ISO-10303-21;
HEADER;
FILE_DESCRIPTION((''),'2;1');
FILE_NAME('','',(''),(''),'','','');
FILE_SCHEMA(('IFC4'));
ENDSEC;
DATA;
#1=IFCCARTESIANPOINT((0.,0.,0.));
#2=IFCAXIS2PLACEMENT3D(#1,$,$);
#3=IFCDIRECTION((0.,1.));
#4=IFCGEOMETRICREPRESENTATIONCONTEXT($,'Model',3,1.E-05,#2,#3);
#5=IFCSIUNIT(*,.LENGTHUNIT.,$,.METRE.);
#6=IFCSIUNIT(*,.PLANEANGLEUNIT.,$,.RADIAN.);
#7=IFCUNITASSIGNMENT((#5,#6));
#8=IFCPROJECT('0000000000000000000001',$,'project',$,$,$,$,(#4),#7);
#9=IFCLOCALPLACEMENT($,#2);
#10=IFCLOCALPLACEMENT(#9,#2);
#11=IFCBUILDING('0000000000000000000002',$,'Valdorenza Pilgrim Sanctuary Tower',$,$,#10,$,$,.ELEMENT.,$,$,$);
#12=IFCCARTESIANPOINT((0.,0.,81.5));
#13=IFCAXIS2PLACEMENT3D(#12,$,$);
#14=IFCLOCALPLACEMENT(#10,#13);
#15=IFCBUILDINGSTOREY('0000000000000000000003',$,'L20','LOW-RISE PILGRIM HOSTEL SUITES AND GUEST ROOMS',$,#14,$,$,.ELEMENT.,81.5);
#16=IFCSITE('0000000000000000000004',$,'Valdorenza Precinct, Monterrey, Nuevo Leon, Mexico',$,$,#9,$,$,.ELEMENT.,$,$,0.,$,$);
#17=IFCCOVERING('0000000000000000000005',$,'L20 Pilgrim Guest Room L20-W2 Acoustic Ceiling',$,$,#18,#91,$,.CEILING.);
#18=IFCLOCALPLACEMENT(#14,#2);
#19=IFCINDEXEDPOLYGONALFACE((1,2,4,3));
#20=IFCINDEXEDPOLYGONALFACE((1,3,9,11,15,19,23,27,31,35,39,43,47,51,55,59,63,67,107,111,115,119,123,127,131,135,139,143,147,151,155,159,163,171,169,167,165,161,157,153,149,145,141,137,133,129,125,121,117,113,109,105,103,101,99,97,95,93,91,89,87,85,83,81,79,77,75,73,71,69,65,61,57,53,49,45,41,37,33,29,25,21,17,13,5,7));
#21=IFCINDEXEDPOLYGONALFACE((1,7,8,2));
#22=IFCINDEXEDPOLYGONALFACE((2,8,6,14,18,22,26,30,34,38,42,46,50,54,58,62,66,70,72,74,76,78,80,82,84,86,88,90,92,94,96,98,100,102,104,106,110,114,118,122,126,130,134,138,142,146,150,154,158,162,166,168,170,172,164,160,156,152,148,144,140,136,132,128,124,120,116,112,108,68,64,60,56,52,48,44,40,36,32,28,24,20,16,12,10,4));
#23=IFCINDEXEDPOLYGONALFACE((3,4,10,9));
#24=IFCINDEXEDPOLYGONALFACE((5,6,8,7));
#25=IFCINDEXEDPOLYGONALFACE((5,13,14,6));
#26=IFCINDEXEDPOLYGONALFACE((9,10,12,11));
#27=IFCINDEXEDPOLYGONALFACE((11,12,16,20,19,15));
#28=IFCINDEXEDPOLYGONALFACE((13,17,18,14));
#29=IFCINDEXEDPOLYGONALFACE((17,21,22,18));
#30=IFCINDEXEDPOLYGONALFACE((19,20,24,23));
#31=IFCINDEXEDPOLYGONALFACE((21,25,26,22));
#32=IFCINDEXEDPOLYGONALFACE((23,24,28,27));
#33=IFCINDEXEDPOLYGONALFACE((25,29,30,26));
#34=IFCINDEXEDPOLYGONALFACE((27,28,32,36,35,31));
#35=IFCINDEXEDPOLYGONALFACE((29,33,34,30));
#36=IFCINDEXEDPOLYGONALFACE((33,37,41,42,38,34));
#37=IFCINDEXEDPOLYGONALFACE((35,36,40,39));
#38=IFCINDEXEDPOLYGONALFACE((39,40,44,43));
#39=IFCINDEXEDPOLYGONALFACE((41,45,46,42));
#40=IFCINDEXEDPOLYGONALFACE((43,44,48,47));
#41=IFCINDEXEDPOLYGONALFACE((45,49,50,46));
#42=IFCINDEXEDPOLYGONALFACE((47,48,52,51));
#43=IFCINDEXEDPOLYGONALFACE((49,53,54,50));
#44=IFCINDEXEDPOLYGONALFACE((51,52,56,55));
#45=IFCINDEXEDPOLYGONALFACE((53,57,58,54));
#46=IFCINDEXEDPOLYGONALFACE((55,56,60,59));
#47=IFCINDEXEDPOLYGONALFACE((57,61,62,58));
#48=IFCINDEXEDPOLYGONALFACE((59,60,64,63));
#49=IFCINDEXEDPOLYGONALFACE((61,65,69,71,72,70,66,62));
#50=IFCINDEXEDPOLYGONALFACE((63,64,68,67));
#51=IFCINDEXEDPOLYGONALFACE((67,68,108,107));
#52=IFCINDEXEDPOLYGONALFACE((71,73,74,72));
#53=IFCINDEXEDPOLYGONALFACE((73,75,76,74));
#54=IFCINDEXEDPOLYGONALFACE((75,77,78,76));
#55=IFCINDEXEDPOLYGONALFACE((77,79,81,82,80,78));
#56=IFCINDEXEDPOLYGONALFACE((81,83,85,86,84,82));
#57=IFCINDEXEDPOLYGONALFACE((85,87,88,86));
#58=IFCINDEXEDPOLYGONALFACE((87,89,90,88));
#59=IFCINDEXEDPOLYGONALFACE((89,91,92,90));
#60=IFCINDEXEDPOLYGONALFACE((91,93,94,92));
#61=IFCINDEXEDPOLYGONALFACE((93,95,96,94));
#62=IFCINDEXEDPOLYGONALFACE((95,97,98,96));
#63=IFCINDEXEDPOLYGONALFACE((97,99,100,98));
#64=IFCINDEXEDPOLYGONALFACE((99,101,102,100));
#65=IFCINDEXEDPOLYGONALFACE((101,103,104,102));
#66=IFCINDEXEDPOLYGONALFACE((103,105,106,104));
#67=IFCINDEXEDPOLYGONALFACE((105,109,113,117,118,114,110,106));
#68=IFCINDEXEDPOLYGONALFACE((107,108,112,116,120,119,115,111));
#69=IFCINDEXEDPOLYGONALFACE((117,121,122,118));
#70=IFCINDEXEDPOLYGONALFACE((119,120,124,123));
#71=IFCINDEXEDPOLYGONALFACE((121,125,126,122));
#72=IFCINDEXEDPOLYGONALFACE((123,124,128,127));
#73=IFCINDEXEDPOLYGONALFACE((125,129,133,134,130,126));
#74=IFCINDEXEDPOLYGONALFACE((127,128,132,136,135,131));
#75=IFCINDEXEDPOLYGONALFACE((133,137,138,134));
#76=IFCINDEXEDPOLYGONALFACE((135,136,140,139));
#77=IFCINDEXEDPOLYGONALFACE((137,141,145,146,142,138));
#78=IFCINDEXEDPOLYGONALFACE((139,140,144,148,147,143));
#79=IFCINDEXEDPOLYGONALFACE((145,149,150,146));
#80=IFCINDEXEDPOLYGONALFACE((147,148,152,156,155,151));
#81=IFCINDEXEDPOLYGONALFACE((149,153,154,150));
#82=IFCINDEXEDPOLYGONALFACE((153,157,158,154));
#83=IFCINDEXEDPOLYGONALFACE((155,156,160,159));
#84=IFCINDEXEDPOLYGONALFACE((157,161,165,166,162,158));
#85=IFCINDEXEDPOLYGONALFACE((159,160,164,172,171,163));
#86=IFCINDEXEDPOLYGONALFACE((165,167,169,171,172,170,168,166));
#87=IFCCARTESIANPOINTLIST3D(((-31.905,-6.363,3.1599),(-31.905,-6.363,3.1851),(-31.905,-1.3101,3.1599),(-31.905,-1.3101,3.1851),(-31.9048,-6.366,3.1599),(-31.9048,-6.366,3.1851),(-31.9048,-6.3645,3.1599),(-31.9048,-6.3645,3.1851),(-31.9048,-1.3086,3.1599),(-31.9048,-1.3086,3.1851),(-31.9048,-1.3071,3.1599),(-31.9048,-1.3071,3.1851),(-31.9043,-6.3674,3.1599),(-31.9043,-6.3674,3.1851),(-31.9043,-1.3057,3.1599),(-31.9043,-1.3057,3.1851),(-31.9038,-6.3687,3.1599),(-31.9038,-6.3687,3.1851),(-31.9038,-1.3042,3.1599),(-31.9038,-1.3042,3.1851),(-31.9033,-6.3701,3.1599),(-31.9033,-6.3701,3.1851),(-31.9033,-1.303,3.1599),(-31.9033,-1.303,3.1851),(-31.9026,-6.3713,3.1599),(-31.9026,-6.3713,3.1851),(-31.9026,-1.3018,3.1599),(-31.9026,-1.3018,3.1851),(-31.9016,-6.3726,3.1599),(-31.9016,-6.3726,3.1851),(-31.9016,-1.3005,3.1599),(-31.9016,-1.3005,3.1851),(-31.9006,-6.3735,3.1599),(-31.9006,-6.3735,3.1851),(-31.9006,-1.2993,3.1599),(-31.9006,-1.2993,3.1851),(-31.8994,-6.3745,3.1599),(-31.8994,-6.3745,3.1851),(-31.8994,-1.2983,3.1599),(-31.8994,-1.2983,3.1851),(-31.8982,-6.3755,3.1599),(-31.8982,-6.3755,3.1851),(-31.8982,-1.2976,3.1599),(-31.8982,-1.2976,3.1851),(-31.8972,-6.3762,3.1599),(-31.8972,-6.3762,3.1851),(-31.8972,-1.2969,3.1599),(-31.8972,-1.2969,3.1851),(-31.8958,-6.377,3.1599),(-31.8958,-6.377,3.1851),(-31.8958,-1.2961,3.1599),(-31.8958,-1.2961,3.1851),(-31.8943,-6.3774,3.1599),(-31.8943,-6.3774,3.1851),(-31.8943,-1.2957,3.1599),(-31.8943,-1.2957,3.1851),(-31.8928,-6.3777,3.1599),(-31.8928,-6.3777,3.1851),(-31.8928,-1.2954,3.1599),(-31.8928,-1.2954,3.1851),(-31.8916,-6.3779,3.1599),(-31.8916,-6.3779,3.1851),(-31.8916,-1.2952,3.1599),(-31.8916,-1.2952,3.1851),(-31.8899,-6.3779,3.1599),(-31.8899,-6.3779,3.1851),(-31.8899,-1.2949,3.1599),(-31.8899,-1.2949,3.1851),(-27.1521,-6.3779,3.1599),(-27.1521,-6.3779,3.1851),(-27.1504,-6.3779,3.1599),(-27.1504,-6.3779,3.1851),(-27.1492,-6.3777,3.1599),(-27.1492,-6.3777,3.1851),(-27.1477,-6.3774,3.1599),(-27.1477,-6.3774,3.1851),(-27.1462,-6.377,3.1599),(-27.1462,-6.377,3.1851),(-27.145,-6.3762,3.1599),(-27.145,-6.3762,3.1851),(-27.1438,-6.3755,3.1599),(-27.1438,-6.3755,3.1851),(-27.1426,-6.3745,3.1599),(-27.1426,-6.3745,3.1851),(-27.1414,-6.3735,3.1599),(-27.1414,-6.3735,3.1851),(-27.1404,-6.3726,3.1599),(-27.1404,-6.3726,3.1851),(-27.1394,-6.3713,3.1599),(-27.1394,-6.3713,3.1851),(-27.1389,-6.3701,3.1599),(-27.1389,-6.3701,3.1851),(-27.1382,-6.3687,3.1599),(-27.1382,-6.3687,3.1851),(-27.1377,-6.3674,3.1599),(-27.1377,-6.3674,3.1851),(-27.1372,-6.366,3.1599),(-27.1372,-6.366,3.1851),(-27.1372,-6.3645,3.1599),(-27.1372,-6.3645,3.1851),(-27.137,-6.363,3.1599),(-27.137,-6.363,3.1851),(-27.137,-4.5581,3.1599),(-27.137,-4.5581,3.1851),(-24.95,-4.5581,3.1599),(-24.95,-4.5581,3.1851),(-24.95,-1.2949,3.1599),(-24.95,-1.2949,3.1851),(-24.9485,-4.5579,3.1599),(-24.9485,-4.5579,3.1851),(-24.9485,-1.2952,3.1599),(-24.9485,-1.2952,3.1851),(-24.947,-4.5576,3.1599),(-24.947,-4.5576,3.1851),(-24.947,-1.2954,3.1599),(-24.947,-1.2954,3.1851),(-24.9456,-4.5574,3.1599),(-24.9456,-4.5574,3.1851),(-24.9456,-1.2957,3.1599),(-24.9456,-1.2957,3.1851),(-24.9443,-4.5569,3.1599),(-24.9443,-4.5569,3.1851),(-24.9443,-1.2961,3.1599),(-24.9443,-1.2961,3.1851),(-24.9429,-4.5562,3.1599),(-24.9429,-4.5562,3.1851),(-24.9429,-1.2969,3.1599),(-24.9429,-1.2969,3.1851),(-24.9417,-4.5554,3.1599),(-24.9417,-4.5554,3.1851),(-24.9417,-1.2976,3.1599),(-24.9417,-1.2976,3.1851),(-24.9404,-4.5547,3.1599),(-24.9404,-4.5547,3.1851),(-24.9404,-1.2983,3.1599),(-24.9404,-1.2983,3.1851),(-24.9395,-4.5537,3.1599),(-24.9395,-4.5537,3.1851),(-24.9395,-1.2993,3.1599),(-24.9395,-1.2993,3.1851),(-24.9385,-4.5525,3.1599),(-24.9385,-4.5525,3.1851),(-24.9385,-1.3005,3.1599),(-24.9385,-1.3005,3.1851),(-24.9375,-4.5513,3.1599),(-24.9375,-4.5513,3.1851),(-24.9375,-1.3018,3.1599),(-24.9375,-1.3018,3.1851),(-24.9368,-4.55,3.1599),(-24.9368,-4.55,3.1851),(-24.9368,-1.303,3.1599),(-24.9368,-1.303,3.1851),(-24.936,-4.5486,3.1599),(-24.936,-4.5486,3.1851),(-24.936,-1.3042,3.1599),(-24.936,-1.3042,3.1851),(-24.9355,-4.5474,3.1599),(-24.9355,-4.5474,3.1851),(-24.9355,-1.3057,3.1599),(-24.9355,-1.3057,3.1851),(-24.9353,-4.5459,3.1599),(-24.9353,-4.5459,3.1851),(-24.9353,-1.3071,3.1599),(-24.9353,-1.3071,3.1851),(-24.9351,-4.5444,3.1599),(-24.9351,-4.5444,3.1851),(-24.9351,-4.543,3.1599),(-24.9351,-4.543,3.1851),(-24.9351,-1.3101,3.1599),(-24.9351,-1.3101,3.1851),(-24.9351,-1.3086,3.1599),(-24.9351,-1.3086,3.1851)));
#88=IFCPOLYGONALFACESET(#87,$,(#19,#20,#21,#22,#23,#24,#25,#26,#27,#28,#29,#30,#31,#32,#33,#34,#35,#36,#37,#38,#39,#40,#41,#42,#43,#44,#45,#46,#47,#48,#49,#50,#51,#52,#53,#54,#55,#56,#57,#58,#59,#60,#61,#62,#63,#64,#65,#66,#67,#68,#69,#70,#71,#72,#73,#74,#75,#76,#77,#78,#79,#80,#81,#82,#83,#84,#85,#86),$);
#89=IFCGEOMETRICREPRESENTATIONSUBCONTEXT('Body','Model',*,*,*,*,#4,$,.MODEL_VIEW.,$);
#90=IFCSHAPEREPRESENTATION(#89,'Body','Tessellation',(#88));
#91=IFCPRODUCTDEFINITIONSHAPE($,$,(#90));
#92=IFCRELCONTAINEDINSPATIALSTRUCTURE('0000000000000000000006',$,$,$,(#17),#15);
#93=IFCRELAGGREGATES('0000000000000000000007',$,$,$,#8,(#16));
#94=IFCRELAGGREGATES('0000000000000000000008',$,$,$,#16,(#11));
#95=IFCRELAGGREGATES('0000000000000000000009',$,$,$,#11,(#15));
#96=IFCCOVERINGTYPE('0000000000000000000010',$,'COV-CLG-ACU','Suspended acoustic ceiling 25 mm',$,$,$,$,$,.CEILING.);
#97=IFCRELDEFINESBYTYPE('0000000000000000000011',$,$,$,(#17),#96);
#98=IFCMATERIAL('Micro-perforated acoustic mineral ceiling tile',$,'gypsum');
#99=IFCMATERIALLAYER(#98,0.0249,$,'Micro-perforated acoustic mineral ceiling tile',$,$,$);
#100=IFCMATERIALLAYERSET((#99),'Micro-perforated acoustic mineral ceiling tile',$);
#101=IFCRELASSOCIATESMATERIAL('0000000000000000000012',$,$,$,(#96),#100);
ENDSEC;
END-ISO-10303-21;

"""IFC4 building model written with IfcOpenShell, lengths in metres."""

from ifc_helpers import new_model, si_unit, direction, frame, origin, place, context, subcontext, project, spatial, polyline, outline, extrude, material, layer, layer_set, type_object, element, save


model = new_model("IFC4")

# Units and contexts
model_context = context("Model", 3, precision=1e-05, world=origin(), true_north=direction((0.0, 1.0)))
body_context = subcontext(model_context, "Body", "Model", "MODEL_VIEW")
ifc_project = project(units=[si_unit("LENGTHUNIT", "METRE"), si_unit("PLANEANGLEUNIT", "RADIAN")], contexts=[model_context])

# Site, building, storey
site_placement = place(None, origin())
site = spatial("IfcSite", under=ifc_project, at=site_placement, Name="Valdorenza Precinct, Monterrey, Nuevo Leon, Mexico", CompositionType="ELEMENT", RefElevation=0.0)
building_placement = place(site_placement, origin())
building = spatial("IfcBuilding", under=site, at=building_placement, Name="Valdorenza Pilgrim Sanctuary Tower", CompositionType="ELEMENT")
storey_placement = place(building_placement, frame((0.0, 0.0, 81.5)))
storey = spatial("IfcBuildingStorey", under=building, at=storey_placement, Name="L20", Description="LOW-RISE PILGRIM HOSTEL SUITES AND GUEST ROOMS", CompositionType="ELEMENT", Elevation=81.5)

# Covering
ifc_material_1 = material(Name="Micro-perforated acoustic mineral ceiling tile", Category="gypsum")
ifc_layer_1 = layer(ifc_material_1, 0.0249, Name="Micro-perforated acoustic mineral ceiling tile")
ifc_layer_set_1 = layer_set([ifc_layer_1], Name="Micro-perforated acoustic mineral ceiling tile")
covering_type_1 = type_object("IfcCoveringType", Name="COV-CLG-ACU", Description="Suspended acoustic ceiling 25 mm", PredefinedType="CEILING", material=ifc_layer_set_1)
covering_1_placement = place(storey_placement, frame((0.0, 0.0, 3.1599)))
element("IfcCovering", 1, at=covering_1_placement, inside=storey, type_object=covering_type_1, Name="L20 Pilgrim Guest Room L20-W2 Acoustic Ceiling", PredefinedType="CEILING", context=body_context, shape_type="SweptSolid", body=[
    extrude(outline(polyline([(-27.137, -4.5581), (-27.137, -6.363), (-27.1372, -6.3645), (-27.1372, -6.366), (-27.1377, -6.3674), (-27.1382, -6.3687), (-27.1389, -6.3701), (-27.1394, -6.3713), (-27.1404, -6.3726), (-27.1414, -6.3735), (-27.1426, -6.3745), (-27.1438, -6.3755), (-27.145, -6.3762), (-27.1462, -6.377), (-27.1477, -6.3774), (-27.1492, -6.3777), (-27.1504, -6.3779), (-27.1521, -6.3779), (-31.8899, -6.3779), (-31.8916, -6.3779), (-31.8928, -6.3777), (-31.8943, -6.3774), (-31.8958, -6.377), (-31.8972, -6.3762), (-31.8982, -6.3755), (-31.8994, -6.3745), (-31.9006, -6.3735), (-31.9016, -6.3726), (-31.9026, -6.3713), (-31.9033, -6.3701), (-31.9038, -6.3687), (-31.9043, -6.3674), (-31.9048, -6.366), (-31.9048, -6.3645), (-31.905, -6.363), (-31.905, -1.3101), (-31.9048, -1.3086), (-31.9048, -1.3071), (-31.9043, -1.3057), (-31.9038, -1.3042), (-31.9033, -1.303), (-31.9026, -1.3018), (-31.9016, -1.3005), (-31.9006, -1.2993), (-31.8994, -1.2983), (-31.8982, -1.2976), (-31.8972, -1.2969), (-31.8958, -1.2961), (-31.8943, -1.2957), (-31.8928, -1.2954), (-31.8916, -1.2952), (-31.8899, -1.2949), (-24.95, -1.2949), (-24.9485, -1.2952), (-24.947, -1.2954), (-24.9456, -1.2957), (-24.9443, -1.2961), (-24.9429, -1.2969), (-24.9417, -1.2976), (-24.9404, -1.2983), (-24.9395, -1.2993), (-24.9385, -1.3005), (-24.9375, -1.3018), (-24.9368, -1.303), (-24.936, -1.3042), (-24.9355, -1.3057), (-24.9353, -1.3071), (-24.9351, -1.3086), (-24.9351, -1.3101), (-24.9351, -4.543), (-24.9351, -4.5444), (-24.9353, -4.5459), (-24.9355, -4.5474), (-24.936, -4.5486), (-24.9368, -4.55), (-24.9375, -4.5513), (-24.9385, -4.5525), (-24.9395, -4.5537), (-24.9404, -4.5547), (-24.9417, -4.5554), (-24.9429, -4.5562), (-24.9443, -4.5569), (-24.9456, -4.5574), (-24.947, -4.5576), (-24.9485, -4.5579), (-24.95, -4.5581), (-27.137, -4.5581)])), origin(), (0.0, 0.0, 1.0), 0.0251),
])

save(model, "model.ifc")
